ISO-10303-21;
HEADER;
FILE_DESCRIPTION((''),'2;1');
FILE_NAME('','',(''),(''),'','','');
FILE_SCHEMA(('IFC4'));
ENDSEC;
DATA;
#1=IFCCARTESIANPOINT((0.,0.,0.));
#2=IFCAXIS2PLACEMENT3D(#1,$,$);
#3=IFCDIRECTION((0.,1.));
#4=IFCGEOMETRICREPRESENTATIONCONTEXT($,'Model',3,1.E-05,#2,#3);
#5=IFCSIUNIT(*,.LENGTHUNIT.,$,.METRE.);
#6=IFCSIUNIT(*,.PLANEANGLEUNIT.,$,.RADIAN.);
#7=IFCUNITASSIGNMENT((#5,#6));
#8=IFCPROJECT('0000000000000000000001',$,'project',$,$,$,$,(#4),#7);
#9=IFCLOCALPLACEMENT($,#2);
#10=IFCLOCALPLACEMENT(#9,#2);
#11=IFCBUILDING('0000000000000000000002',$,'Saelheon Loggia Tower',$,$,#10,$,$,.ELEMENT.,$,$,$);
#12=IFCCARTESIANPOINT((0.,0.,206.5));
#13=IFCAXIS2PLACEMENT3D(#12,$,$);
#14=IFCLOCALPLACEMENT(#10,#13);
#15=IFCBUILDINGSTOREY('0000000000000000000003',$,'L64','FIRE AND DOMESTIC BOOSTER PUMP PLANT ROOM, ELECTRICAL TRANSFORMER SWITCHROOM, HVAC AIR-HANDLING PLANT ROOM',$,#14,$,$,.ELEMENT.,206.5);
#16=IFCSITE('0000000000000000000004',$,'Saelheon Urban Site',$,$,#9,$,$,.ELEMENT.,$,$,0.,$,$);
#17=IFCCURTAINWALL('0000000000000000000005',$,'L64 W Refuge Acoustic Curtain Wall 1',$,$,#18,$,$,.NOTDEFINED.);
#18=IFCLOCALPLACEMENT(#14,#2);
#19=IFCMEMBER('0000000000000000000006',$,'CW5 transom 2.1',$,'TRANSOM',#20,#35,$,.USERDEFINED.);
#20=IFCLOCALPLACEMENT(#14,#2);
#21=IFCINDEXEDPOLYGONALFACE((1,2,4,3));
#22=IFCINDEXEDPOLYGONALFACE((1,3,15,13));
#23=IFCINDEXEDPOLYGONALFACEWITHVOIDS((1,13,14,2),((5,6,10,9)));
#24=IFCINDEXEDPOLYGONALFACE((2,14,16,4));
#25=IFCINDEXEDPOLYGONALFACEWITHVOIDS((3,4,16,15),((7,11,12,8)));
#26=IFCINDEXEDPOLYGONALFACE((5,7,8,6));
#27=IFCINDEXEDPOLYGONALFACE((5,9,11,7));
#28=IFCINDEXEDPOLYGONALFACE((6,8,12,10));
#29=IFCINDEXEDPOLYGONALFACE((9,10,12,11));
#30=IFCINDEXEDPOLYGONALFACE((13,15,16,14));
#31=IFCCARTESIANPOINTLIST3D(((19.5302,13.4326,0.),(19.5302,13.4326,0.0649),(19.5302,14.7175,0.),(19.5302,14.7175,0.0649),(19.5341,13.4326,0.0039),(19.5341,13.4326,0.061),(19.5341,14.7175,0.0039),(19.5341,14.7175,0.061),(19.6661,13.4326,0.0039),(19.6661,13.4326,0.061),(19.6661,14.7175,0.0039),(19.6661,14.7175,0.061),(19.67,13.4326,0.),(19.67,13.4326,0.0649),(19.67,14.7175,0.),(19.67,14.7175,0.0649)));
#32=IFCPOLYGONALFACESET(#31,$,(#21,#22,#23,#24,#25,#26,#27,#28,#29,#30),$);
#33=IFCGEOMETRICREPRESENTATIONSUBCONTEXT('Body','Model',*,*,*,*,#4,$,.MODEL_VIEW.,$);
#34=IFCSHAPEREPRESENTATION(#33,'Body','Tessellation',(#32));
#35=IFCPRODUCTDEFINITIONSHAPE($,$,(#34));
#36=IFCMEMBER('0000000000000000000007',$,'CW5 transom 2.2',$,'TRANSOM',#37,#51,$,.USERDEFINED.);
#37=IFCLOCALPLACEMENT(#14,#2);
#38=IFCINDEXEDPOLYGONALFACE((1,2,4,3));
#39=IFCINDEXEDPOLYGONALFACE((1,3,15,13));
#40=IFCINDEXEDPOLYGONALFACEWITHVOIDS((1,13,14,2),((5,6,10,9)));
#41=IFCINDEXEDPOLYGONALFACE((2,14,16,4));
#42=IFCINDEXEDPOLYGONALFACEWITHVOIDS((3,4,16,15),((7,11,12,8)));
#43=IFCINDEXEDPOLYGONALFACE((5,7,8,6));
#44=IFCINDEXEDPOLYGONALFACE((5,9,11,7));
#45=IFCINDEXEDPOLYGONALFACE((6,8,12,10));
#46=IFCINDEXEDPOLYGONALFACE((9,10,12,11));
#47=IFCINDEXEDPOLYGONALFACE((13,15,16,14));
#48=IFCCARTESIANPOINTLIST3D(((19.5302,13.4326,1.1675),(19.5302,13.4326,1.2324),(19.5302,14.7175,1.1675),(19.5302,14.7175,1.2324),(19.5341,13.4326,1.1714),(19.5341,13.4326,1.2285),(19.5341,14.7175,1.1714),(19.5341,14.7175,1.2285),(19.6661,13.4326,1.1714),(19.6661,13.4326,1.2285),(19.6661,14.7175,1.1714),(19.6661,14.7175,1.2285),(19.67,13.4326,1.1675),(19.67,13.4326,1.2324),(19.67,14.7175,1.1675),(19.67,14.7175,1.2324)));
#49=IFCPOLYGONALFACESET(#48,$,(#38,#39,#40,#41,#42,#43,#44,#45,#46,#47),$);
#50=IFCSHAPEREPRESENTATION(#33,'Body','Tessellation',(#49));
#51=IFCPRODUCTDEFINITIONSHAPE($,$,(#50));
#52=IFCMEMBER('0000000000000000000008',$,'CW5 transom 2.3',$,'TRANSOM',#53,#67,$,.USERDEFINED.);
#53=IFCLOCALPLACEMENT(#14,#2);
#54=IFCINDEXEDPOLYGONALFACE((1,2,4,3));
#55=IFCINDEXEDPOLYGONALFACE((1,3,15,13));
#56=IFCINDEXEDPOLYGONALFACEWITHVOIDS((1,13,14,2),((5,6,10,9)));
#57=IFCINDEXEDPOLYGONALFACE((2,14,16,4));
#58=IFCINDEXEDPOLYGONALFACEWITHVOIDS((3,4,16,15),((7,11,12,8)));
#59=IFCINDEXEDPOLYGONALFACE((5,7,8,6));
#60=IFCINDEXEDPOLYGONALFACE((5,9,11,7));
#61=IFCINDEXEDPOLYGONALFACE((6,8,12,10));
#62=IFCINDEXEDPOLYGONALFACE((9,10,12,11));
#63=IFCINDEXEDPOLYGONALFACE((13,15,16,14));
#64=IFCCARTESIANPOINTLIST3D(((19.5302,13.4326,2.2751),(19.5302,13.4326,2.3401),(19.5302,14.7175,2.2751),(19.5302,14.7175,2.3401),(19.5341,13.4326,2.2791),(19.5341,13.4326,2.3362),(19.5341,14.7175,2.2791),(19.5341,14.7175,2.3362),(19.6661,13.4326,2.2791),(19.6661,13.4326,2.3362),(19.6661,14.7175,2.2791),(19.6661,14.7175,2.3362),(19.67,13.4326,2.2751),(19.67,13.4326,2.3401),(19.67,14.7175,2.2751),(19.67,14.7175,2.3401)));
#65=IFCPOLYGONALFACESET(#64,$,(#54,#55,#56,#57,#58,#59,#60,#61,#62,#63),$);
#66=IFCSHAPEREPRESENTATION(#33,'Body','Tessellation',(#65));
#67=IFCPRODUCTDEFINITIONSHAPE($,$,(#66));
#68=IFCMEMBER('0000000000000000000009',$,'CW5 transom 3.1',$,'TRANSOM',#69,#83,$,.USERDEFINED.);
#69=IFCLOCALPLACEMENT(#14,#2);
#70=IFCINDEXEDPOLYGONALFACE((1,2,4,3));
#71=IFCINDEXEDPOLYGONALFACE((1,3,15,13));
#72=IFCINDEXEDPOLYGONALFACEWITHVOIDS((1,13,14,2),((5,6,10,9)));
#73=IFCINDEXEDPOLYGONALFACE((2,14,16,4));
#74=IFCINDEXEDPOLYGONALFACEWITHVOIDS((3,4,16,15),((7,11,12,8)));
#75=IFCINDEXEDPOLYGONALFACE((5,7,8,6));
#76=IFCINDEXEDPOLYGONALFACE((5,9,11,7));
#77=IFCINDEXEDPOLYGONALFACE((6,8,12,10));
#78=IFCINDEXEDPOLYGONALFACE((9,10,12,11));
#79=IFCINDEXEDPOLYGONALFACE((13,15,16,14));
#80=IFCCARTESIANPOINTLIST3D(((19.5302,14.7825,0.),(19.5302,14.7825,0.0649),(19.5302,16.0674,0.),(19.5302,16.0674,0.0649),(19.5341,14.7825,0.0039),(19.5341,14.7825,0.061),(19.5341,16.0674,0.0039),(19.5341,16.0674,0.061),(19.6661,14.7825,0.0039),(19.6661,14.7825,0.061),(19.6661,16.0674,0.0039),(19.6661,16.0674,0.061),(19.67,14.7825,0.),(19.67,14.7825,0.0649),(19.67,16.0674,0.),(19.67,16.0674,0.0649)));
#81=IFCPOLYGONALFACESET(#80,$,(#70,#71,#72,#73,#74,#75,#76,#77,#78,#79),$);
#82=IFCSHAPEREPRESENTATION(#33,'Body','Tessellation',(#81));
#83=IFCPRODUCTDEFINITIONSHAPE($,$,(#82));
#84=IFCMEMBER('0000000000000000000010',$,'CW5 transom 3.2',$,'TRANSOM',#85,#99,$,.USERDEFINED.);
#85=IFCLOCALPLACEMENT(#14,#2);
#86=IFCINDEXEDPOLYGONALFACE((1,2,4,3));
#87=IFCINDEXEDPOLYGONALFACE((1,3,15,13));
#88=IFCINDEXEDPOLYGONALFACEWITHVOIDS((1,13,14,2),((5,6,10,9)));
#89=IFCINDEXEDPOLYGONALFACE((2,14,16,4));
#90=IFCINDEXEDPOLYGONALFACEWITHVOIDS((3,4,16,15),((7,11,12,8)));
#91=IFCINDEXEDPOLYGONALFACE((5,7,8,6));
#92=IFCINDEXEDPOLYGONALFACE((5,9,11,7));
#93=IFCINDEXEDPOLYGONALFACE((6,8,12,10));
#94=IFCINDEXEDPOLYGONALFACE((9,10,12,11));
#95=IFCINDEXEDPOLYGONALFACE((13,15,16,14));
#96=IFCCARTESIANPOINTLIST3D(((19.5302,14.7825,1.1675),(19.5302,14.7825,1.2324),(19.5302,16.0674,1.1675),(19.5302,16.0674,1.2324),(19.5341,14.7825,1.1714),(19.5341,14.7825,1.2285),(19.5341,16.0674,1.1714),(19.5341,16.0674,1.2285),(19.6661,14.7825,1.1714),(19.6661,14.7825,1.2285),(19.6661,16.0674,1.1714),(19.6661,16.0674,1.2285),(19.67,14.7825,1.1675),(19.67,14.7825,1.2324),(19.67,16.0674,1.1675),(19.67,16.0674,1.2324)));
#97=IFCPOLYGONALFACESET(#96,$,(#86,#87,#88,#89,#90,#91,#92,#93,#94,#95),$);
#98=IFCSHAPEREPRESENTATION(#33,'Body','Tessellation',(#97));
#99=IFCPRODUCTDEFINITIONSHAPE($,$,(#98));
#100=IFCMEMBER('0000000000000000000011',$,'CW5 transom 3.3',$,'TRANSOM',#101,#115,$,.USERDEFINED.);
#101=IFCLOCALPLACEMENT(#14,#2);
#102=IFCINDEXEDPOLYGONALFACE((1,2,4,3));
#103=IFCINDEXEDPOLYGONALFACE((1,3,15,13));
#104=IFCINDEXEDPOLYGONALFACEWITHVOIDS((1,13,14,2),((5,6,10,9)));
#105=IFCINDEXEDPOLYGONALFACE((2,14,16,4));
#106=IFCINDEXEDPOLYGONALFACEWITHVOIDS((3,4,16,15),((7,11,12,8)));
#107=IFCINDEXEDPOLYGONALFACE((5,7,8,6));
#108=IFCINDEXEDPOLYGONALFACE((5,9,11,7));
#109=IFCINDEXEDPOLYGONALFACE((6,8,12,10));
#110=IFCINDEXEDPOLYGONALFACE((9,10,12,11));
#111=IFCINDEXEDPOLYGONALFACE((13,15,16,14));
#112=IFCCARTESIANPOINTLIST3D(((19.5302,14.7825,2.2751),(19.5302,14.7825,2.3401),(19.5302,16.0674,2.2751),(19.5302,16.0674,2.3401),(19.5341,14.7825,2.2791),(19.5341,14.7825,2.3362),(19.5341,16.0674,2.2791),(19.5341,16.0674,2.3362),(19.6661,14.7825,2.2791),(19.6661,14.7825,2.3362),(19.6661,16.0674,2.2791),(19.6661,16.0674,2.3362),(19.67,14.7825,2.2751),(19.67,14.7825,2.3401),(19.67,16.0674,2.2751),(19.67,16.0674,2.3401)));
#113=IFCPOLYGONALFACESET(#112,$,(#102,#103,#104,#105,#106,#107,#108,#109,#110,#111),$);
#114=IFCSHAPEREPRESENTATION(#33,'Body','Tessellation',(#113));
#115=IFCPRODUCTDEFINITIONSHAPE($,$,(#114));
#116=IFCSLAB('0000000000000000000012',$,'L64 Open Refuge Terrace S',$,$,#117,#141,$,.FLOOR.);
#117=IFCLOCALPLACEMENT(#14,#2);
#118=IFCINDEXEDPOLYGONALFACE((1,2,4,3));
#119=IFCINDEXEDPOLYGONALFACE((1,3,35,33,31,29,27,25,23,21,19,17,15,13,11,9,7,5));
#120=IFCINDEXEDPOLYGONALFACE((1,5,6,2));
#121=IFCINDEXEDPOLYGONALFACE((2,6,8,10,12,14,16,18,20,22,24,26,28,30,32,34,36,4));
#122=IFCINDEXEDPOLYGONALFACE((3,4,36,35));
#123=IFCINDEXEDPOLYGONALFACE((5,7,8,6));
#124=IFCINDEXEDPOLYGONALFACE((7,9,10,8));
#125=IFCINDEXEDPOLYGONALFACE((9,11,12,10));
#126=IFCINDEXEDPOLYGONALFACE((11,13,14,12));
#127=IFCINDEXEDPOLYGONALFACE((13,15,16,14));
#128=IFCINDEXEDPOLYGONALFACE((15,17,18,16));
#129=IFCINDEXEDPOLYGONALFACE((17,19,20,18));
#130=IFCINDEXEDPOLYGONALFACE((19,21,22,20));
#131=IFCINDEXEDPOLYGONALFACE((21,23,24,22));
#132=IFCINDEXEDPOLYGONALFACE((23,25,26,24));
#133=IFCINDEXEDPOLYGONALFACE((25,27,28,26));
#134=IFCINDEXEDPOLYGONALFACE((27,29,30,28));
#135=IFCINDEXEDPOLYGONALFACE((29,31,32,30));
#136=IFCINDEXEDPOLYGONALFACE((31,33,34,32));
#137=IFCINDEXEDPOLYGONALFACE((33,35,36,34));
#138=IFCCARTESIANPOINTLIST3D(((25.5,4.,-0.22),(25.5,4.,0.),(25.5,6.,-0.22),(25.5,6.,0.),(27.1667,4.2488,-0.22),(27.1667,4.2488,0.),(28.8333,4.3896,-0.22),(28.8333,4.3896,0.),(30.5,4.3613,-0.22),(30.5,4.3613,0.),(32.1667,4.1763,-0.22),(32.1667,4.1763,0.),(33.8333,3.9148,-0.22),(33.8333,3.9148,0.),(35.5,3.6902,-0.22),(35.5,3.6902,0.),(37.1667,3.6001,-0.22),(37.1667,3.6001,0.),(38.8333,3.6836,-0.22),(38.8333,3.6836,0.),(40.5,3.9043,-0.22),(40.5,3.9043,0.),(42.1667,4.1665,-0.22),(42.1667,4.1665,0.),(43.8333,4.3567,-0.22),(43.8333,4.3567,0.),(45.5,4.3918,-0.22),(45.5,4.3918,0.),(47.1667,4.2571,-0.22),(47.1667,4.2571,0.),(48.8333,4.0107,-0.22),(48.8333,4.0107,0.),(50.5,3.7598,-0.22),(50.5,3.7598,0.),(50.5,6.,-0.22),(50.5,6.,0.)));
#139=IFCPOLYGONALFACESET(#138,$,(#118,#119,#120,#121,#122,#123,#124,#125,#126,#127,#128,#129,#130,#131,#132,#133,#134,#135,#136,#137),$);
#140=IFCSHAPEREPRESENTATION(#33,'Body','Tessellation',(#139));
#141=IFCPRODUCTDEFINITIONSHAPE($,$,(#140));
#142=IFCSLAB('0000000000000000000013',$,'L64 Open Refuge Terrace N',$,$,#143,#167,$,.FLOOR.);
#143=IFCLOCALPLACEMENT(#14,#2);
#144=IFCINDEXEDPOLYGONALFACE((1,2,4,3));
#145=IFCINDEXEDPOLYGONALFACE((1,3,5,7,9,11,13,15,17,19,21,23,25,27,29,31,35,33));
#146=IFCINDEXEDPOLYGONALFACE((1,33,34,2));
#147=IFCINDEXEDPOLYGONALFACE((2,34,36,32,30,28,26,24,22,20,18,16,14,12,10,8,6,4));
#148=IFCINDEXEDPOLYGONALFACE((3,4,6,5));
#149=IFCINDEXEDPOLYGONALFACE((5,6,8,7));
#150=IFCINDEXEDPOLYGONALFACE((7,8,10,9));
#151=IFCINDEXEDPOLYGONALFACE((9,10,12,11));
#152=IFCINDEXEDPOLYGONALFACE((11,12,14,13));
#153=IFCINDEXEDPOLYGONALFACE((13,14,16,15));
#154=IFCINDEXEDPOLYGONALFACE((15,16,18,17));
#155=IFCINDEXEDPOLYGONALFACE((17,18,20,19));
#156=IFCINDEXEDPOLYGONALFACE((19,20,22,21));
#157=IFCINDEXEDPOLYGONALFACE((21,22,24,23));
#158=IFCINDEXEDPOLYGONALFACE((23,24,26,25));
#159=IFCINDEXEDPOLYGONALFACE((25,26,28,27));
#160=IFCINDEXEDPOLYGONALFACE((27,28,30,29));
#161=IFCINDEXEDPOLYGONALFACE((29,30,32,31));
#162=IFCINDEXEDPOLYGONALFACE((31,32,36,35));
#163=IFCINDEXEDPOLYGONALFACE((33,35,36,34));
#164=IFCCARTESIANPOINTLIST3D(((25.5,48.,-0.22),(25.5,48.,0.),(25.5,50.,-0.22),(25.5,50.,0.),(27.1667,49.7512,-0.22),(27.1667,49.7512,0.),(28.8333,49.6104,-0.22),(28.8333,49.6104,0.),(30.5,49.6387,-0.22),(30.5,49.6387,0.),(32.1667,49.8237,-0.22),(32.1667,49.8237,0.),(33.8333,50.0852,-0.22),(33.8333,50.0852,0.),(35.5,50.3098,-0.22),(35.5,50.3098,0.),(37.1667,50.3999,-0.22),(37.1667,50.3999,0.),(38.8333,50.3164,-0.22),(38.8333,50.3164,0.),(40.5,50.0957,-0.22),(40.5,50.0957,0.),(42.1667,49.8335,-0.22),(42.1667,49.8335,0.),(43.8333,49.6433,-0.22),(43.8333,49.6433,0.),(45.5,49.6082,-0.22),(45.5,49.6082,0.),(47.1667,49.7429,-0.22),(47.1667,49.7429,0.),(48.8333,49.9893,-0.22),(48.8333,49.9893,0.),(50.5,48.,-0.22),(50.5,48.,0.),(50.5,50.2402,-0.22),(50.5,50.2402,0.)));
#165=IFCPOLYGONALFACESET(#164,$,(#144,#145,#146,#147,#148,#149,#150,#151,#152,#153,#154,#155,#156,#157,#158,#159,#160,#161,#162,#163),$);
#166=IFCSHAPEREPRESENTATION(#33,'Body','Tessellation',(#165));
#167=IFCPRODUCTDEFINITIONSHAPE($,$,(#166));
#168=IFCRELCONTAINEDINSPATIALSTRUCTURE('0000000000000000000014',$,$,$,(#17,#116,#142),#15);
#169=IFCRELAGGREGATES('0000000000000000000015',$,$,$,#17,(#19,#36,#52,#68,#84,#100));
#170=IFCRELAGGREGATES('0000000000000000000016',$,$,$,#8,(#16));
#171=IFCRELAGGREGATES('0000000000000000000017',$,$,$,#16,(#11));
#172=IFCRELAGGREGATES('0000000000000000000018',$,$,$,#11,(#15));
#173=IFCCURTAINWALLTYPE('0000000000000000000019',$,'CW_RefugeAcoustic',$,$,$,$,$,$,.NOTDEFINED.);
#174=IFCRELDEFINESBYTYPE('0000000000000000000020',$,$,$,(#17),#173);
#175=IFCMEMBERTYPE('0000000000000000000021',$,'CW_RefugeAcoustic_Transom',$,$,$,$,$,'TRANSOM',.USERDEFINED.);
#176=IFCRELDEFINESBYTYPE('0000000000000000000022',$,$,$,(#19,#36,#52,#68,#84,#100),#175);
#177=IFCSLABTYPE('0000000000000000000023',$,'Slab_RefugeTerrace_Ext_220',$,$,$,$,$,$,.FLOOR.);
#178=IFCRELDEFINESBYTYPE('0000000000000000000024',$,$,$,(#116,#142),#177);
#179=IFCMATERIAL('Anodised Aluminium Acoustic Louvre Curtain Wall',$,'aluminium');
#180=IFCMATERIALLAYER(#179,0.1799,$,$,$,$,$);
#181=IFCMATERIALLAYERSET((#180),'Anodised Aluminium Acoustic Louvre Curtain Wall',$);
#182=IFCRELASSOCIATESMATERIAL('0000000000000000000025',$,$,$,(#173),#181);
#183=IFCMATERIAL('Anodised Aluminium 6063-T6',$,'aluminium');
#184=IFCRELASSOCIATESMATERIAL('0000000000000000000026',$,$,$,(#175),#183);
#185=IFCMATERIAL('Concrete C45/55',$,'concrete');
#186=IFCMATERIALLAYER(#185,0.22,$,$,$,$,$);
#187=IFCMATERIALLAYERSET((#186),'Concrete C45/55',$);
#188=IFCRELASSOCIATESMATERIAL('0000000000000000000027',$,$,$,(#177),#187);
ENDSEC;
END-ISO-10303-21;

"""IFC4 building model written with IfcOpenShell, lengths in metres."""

from ifc_helpers import new_model, si_unit, direction, frame, origin, origin_2d, place, context, subcontext, project, spatial, polyline, hollow_rectangle, outline, extrude, source, transform, mapped, material, layer, layer_set, material_profile, profile_set, type_object, element, aggregate, save


model = new_model("IFC4")

# Units and contexts
model_context = context("Model", 3, precision=1e-05, world=origin(), true_north=direction((0.0, 1.0)))
body_context = subcontext(model_context, "Body", "Model", "MODEL_VIEW")
ifc_project = project(units=[si_unit("LENGTHUNIT", "METRE"), si_unit("PLANEANGLEUNIT", "RADIAN")], contexts=[model_context])

# Site, building, storey
site_placement = place(None, origin())
site = spatial("IfcSite", under=ifc_project, at=site_placement, Name="Saelheon Urban Site", CompositionType="ELEMENT", RefElevation=0.0)
building_placement = place(site_placement, origin())
building = spatial("IfcBuilding", under=site, at=building_placement, Name="Saelheon Loggia Tower", CompositionType="ELEMENT")
storey_placement = place(building_placement, frame((0.0, 0.0, 206.5)))
storey = spatial("IfcBuildingStorey", under=building, at=storey_placement, Name="L64", Description="FIRE AND DOMESTIC BOOSTER PUMP PLANT ROOM, ELECTRICAL TRANSFORMER SWITCHROOM, HVAC AIR-HANDLING PLANT ROOM", CompositionType="ELEMENT", Elevation=206.5)

# Shared definitions
ifc_material_1 = material(Name="Concrete C45/55", Category="concrete")

# Curtain wall, members
ifc_material_2 = material(Name="Anodised Aluminium Acoustic Louvre Curtain Wall", Category="aluminium")
ifc_layer_1 = layer(ifc_material_2, 0.1799)
ifc_layer_set_1 = layer_set([ifc_layer_1], Name="Anodised Aluminium Acoustic Louvre Curtain Wall")
curtain_wall_type = type_object("IfcCurtainWallType", Name="CW_RefugeAcoustic", PredefinedType="NOTDEFINED", material=ifc_layer_set_1)
curtain_wall_placement = place(storey_placement, origin())
curtain_wall = element("IfcCurtainWall", 1, at=curtain_wall_placement, inside=storey, type_object=curtain_wall_type, Name="L64 W Refuge Acoustic Curtain Wall 1", PredefinedType="NOTDEFINED")
ifc_material_3 = material(Name="Anodised Aluminium 6063-T6", Category="aluminium")
ifc_material_profile_1 = material_profile(ifc_material_3, hollow_rectangle(XDim=0.0649, YDim=0.1399, WallThickness=0.0039, at=origin_2d()), Name="RHS-140x65x4")
ifc_profile_set_1 = profile_set([ifc_material_profile_1], Name="Anodised Aluminium 6063-T6")
member_type_1 = type_object("IfcMemberType", Name="CW_RefugeAcoustic_Transom", ElementType="TRANSOM", PredefinedType="USERDEFINED", material=ifc_profile_set_1)
shared_shape_1 = source(origin(), body_context, "Body", "SweptSolid", [
    extrude(hollow_rectangle(XDim=0.0649, YDim=0.1399, WallThickness=0.0039, at=origin_2d()), origin(), (0.0, 0.0, 1.0), 1.2849),
])
member_1_placement = place(storey_placement, frame((19.6001, 13.4326, 0.0325), z_axis=(0.0, 1.0, 0.0), x_axis=(0.0, 0.0, 1.0)))
member_1 = element("IfcMember", 2, at=member_1_placement, type_object=member_type_1, Name="CW5 transom 2.1", ObjectType="TRANSOM", PredefinedType="USERDEFINED", context=body_context, shape_type="MappedRepresentation", body=[
    mapped(shared_shape_1, transform((0.0, 0.0, 0.0), scale=1.0)),
])
member_2_placement = place(storey_placement, frame((19.6001, 13.4326, 1.2), z_axis=(0.0, 1.0, 0.0), x_axis=(0.0, 0.0, 1.0)))
member_2 = element("IfcMember", 3, at=member_2_placement, type_object=member_type_1, Name="CW5 transom 2.2", ObjectType="TRANSOM", PredefinedType="USERDEFINED", context=body_context, shape_type="MappedRepresentation", body=[
    mapped(shared_shape_1, transform((0.0, 0.0, 0.0), scale=1.0)),
])
member_3_placement = place(storey_placement, frame((19.6001, 13.4326, 2.3076), z_axis=(0.0, 1.0, 0.0), x_axis=(0.0, 0.0, 1.0)))
member_3 = element("IfcMember", 4, at=member_3_placement, type_object=member_type_1, Name="CW5 transom 2.3", ObjectType="TRANSOM", PredefinedType="USERDEFINED", context=body_context, shape_type="MappedRepresentation", body=[
    mapped(shared_shape_1, transform((0.0, 0.0, 0.0), scale=1.0)),
])
member_4_placement = place(storey_placement, frame((19.6001, 14.7825, 0.0325), z_axis=(0.0, 1.0, 0.0), x_axis=(0.0, 0.0, 1.0)))
member_4 = element("IfcMember", 5, at=member_4_placement, type_object=member_type_1, Name="CW5 transom 3.1", ObjectType="TRANSOM", PredefinedType="USERDEFINED", context=body_context, shape_type="MappedRepresentation", body=[
    mapped(shared_shape_1, transform((0.0, 0.0, 0.0), scale=1.0)),
])
member_5_placement = place(storey_placement, frame((19.6001, 14.7825, 1.2), z_axis=(0.0, 1.0, 0.0), x_axis=(0.0, 0.0, 1.0)))
member_5 = element("IfcMember", 6, at=member_5_placement, type_object=member_type_1, Name="CW5 transom 3.2", ObjectType="TRANSOM", PredefinedType="USERDEFINED", context=body_context, shape_type="MappedRepresentation", body=[
    mapped(shared_shape_1, transform((0.0, 0.0, 0.0), scale=1.0)),
])
member_6_placement = place(storey_placement, frame((19.6001, 14.7825, 2.3076), z_axis=(0.0, 1.0, 0.0), x_axis=(0.0, 0.0, 1.0)))
member_6 = element("IfcMember", 7, at=member_6_placement, type_object=member_type_1, Name="CW5 transom 3.3", ObjectType="TRANSOM", PredefinedType="USERDEFINED", context=body_context, shape_type="MappedRepresentation", body=[
    mapped(shared_shape_1, transform((0.0, 0.0, 0.0), scale=1.0)),
])

# Slabs
ifc_layer_2 = layer(ifc_material_1, 0.22)
ifc_layer_set_2 = layer_set([ifc_layer_2], Name="Concrete C45/55")
slab_type_1 = type_object("IfcSlabType", Name="Slab_RefugeTerrace_Ext_220", PredefinedType="FLOOR", material=ifc_layer_set_2)
slab_1_placement = place(storey_placement, frame((0.0, 0.0, -0.22)))
element("IfcSlab", 8, at=slab_1_placement, inside=storey, type_object=slab_type_1, Name="L64 Open Refuge Terrace S", PredefinedType="FLOOR", context=body_context, shape_type="SweptSolid", body=[
    extrude(outline(polyline([(25.5, 4.0), (27.1667, 4.2488), (28.8333, 4.3896), (30.5, 4.3613), (32.1667, 4.1763), (33.8333, 3.9148), (35.5, 3.6902), (37.1667, 3.6001), (38.8333, 3.6836), (40.5, 3.9043), (42.1667, 4.1665), (43.8333, 4.3567), (45.5, 4.3918), (47.1667, 4.2571), (48.8333, 4.0107), (50.5, 3.7598), (50.5, 6.0), (25.5, 6.0), (25.5, 4.0)])), origin(), (0.0, 0.0, 1.0), 0.22),
])
slab_2_placement = place(storey_placement, frame((0.0, 0.0, -0.22)))
element("IfcSlab", 9, at=slab_2_placement, inside=storey, type_object=slab_type_1, Name="L64 Open Refuge Terrace N", PredefinedType="FLOOR", context=body_context, shape_type="SweptSolid", body=[
    extrude(outline(polyline([(25.5, 48.0), (50.5, 48.0), (50.5, 50.2402), (48.8333, 49.9893), (47.1667, 49.7429), (45.5, 49.6082), (43.8333, 49.6433), (42.1667, 49.8335), (40.5, 50.0957), (38.8333, 50.3164), (37.1667, 50.3999), (35.5, 50.3098), (33.8333, 50.0852), (32.1667, 49.8237), (30.5, 49.6387), (28.8333, 49.6104), (27.1667, 49.7512), (25.5, 50.0), (25.5, 48.0)])), origin(), (0.0, 0.0, 1.0), 0.22),
])

aggregate(curtain_wall, [member_1, member_2, member_3, member_4, member_5, member_6])

save(model, "model.ifc")
